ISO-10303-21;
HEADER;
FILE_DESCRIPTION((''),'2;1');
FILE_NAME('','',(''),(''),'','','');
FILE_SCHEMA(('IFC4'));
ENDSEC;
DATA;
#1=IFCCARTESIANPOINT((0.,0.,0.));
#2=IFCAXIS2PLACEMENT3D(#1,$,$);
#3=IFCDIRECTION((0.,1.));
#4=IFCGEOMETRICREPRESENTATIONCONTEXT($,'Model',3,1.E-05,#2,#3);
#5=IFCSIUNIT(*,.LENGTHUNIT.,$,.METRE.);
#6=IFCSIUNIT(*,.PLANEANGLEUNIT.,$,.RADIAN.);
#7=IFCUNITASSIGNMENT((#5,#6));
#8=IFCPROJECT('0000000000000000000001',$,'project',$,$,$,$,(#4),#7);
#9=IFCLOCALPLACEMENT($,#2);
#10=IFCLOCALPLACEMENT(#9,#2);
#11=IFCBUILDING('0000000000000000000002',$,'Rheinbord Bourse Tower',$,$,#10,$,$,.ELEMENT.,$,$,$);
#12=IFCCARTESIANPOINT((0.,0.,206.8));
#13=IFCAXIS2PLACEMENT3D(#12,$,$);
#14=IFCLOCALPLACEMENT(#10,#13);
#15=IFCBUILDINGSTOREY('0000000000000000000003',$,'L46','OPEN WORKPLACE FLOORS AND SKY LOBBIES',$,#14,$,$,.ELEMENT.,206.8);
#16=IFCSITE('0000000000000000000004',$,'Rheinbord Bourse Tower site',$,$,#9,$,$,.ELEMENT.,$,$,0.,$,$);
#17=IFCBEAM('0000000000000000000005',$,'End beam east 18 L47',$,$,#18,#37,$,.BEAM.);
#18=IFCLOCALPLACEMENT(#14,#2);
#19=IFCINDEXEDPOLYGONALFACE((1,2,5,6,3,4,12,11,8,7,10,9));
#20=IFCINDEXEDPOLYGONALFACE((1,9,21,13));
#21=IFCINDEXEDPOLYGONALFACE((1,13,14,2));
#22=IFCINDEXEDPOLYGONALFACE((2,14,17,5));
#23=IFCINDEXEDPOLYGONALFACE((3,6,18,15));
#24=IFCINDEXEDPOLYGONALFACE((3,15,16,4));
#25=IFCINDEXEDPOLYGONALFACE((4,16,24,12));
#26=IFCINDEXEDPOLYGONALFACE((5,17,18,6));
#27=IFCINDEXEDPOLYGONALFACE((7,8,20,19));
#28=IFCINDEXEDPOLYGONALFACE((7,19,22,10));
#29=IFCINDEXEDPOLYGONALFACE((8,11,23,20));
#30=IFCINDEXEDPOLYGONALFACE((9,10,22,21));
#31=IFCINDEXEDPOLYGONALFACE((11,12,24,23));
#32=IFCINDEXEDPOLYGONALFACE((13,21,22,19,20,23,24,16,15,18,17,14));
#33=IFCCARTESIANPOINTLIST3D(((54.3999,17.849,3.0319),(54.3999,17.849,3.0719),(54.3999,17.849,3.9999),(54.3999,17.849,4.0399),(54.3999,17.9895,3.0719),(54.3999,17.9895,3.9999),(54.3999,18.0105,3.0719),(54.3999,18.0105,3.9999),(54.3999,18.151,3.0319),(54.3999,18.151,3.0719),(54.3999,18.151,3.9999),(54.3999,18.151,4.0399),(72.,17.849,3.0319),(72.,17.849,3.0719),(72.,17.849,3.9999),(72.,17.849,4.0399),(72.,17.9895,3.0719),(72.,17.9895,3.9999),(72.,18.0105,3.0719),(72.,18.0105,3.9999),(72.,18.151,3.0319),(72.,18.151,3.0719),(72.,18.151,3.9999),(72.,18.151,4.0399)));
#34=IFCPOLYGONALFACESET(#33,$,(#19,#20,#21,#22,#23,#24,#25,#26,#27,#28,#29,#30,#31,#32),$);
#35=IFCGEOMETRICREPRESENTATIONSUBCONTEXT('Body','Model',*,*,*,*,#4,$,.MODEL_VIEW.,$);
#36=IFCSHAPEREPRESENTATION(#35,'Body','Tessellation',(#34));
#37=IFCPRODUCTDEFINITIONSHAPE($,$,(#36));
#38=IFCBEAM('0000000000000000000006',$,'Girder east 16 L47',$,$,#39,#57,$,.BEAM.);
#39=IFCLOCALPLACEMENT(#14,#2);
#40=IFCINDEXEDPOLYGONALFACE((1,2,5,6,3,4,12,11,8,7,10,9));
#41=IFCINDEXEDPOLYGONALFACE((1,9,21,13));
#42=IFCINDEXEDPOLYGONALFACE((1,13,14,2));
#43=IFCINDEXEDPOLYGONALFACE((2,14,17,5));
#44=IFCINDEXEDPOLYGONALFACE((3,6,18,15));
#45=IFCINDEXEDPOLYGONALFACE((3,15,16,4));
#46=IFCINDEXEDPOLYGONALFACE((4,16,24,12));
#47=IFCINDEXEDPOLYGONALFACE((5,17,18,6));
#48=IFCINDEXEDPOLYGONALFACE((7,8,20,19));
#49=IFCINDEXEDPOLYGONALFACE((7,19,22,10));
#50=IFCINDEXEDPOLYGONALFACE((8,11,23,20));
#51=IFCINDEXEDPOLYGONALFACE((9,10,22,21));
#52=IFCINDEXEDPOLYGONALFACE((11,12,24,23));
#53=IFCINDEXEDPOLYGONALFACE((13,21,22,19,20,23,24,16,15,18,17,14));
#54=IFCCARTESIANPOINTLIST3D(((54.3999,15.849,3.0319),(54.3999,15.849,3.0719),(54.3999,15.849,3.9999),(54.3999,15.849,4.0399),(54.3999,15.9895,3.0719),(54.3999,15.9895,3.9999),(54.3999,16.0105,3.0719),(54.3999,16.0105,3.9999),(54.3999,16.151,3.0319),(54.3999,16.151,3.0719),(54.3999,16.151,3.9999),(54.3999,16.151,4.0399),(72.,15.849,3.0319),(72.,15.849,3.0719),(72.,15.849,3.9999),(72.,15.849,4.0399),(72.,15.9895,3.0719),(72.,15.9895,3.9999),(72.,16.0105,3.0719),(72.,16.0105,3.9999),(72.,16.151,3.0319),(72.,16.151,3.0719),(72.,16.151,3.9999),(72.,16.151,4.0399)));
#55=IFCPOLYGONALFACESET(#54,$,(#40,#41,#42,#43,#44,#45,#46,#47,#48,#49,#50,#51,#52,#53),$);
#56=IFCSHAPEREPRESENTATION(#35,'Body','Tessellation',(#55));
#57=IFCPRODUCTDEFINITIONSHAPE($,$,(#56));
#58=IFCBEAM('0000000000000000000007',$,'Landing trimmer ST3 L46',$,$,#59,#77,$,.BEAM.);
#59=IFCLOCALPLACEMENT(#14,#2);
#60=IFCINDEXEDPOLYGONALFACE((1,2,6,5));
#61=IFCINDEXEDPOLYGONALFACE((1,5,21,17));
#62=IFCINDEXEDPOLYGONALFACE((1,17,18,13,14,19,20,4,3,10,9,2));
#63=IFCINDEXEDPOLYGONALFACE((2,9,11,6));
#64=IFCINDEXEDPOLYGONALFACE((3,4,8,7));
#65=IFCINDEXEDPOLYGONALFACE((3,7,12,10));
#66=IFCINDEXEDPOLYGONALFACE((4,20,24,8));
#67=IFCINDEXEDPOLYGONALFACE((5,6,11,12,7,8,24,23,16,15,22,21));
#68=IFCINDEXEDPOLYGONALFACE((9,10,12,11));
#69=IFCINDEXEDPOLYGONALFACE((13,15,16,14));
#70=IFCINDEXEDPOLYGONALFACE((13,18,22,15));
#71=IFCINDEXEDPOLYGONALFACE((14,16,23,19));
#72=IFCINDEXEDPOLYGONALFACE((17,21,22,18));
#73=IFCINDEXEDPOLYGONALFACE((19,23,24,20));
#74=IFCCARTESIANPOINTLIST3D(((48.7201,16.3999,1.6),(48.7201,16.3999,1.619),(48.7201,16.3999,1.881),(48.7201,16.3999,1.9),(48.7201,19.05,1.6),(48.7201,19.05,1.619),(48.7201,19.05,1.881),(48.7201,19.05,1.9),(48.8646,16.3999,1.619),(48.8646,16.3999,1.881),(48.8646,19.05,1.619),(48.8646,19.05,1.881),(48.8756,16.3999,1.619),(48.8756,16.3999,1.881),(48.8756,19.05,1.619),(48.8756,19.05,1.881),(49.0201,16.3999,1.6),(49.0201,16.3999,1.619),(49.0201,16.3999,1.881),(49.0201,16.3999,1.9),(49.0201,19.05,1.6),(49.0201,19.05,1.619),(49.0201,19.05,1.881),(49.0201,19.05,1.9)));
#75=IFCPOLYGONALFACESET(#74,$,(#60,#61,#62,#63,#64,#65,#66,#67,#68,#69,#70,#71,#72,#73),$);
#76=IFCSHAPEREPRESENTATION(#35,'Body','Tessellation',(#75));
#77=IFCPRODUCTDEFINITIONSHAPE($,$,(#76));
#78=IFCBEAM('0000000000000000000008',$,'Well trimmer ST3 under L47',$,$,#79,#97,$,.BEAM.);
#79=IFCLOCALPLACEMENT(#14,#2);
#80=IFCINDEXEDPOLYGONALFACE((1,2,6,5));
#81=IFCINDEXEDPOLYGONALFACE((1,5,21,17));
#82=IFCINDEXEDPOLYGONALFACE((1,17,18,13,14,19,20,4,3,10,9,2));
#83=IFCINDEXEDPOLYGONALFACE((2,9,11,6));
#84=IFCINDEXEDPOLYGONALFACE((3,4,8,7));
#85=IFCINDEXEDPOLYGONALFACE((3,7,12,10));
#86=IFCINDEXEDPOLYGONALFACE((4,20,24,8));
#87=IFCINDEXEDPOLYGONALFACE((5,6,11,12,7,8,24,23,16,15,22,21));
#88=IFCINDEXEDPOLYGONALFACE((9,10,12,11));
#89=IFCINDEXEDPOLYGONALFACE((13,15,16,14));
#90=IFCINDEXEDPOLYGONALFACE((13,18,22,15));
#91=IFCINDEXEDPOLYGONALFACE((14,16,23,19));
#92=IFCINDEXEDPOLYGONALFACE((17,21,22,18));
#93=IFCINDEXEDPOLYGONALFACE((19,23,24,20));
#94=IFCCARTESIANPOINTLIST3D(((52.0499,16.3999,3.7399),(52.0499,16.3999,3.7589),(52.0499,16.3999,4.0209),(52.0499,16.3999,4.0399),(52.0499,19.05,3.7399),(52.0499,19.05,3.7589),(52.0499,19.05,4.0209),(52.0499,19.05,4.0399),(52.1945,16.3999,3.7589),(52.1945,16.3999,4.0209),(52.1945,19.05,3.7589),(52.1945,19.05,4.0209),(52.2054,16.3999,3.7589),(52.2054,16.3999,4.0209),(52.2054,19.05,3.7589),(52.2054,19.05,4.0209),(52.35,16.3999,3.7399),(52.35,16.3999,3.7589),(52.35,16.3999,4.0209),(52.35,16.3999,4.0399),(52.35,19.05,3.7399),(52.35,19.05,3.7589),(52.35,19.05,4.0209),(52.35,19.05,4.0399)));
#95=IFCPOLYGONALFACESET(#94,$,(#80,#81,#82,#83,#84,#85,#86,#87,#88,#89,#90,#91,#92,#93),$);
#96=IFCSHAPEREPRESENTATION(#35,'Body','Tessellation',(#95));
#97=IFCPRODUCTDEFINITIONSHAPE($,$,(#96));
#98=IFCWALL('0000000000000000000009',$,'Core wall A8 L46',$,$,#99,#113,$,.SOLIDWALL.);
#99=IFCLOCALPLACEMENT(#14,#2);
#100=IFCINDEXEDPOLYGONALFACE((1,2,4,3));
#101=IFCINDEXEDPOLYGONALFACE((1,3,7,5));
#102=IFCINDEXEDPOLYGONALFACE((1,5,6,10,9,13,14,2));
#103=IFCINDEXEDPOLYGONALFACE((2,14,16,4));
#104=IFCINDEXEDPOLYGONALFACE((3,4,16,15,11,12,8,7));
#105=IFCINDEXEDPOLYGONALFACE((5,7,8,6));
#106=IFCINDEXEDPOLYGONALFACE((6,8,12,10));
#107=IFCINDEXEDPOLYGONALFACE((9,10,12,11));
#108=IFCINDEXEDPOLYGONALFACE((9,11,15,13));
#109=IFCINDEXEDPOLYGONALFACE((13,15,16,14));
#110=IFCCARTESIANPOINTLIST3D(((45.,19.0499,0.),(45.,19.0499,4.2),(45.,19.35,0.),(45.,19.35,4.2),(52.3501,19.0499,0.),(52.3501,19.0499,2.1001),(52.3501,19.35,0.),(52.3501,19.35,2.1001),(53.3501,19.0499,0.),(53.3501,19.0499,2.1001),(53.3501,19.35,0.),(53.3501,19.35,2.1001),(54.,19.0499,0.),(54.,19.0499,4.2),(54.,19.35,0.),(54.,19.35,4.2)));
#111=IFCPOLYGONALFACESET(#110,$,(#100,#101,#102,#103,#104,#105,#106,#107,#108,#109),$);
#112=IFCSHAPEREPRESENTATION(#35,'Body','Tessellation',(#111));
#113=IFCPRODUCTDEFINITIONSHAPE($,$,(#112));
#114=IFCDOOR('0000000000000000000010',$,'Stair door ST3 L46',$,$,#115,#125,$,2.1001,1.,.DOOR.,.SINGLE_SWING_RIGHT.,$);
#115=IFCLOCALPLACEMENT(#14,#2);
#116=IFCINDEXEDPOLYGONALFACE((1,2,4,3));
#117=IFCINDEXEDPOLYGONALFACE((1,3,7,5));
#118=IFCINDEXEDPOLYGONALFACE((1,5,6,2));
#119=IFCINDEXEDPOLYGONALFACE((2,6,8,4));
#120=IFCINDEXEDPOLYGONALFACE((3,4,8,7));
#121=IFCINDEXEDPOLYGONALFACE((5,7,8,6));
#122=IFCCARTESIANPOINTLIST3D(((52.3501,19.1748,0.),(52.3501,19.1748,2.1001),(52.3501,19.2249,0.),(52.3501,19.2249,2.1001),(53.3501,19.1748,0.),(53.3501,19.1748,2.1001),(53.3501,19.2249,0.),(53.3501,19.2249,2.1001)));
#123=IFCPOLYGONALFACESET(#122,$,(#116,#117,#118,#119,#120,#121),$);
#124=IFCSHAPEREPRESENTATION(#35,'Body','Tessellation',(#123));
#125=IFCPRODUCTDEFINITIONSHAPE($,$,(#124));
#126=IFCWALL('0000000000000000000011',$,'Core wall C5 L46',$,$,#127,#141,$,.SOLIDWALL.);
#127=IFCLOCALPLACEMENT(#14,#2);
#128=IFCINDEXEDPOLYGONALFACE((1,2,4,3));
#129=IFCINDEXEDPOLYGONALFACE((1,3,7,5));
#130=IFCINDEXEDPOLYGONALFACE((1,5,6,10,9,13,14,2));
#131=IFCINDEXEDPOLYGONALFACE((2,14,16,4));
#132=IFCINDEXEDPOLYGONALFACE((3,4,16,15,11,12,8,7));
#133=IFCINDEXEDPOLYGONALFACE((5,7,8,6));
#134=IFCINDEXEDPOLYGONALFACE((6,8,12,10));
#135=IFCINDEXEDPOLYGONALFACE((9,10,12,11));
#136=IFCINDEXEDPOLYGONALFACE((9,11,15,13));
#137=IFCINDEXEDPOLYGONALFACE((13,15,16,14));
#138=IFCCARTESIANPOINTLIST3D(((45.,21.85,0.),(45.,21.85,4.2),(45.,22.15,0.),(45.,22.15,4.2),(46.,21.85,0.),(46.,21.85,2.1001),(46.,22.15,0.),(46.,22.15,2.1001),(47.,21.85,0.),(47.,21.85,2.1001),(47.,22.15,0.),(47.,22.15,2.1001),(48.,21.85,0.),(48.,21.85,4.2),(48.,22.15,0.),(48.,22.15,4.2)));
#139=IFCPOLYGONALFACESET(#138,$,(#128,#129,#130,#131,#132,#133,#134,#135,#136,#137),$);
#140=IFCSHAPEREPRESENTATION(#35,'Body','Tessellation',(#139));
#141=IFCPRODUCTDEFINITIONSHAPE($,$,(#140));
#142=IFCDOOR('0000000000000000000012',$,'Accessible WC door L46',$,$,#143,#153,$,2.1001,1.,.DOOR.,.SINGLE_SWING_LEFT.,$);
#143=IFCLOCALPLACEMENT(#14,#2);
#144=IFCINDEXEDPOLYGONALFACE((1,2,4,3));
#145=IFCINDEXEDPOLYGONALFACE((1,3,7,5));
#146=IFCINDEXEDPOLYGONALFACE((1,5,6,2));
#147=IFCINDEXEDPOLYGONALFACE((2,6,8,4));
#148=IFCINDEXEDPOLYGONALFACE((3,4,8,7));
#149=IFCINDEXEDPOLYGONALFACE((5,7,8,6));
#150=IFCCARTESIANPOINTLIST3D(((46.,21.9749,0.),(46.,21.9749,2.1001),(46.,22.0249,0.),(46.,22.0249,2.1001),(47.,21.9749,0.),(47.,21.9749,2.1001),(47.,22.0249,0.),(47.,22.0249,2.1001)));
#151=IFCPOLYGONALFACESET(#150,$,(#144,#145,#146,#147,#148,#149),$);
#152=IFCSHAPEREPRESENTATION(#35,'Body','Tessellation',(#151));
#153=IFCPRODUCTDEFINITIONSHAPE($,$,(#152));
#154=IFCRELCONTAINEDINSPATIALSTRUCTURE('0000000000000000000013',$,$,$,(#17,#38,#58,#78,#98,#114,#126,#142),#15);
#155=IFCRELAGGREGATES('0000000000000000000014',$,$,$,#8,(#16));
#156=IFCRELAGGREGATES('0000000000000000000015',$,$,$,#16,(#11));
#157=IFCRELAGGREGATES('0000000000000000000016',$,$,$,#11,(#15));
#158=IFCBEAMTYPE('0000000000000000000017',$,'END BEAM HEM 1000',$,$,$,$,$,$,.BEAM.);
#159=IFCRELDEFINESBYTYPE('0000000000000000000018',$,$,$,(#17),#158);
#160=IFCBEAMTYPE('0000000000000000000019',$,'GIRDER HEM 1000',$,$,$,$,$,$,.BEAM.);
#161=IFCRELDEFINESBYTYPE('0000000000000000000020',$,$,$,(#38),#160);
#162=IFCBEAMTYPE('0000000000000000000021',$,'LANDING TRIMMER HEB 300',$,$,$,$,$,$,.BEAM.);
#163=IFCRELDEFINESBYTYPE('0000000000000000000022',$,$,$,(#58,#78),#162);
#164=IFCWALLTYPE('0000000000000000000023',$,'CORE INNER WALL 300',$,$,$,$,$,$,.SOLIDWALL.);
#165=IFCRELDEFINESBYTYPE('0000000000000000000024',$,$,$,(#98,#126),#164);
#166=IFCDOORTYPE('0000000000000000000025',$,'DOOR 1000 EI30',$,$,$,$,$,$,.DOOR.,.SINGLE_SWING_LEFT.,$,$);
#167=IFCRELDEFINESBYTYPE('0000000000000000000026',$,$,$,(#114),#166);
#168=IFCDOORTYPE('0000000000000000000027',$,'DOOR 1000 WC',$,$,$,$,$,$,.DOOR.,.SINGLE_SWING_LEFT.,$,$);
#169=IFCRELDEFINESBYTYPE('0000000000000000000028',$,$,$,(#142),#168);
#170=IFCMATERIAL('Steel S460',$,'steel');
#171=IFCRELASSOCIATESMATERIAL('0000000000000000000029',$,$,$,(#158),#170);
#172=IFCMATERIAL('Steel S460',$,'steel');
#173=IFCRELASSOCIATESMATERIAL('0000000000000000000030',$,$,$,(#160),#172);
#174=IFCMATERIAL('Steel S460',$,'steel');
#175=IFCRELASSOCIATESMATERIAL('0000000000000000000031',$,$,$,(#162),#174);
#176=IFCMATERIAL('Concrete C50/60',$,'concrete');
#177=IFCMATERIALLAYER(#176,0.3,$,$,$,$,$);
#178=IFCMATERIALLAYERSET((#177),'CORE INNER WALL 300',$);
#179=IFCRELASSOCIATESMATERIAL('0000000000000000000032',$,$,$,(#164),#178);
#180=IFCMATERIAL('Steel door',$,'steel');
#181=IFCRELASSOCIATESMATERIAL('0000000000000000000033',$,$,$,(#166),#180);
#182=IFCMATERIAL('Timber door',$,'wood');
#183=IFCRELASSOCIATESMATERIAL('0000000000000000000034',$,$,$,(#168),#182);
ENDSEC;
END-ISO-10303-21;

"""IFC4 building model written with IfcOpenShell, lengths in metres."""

from ifc_helpers import new_model, si_unit, direction, frame, frame_2d, origin, origin_2d, place, context, subcontext, project, spatial, rectangle, i_section, extrude, material, layer, layer_set, material_profile, profile_set, type_object, element, fill, save


model = new_model("IFC4")

# Units and contexts
model_context = context("Model", 3, precision=1e-05, world=origin(), true_north=direction((0.0, 1.0)))
body_context = subcontext(model_context, "Body", "Model", "MODEL_VIEW")
ifc_project = project(units=[si_unit("LENGTHUNIT", "METRE"), si_unit("PLANEANGLEUNIT", "RADIAN")], contexts=[model_context])

# Site, building, storey
site_placement = place(None, origin())
site = spatial("IfcSite", under=ifc_project, at=site_placement, Name="Rheinbord Bourse Tower site", CompositionType="ELEMENT", RefElevation=0.0)
building_placement = place(site_placement, origin())
building = spatial("IfcBuilding", under=site, at=building_placement, Name="Rheinbord Bourse Tower", CompositionType="ELEMENT")
storey_placement = place(building_placement, frame((0.0, 0.0, 206.8)))
storey = spatial("IfcBuildingStorey", under=building, at=storey_placement, Name="L46", Description="OPEN WORKPLACE FLOORS AND SKY LOBBIES", CompositionType="ELEMENT", Elevation=206.8)

# Beams
ifc_material_1 = material(Name="Steel S460", Category="steel")
ifc_material_profile_1 = material_profile(ifc_material_1, i_section(OverallWidth=0.302, OverallDepth=1.0081, WebThickness=0.021, FlangeThickness=0.04, at=origin_2d()), Name="HEM 1000")
ifc_profile_set_1 = profile_set([ifc_material_profile_1], Name="Steel S460")
beam_type_1 = type_object("IfcBeamType", Name="END BEAM HEM 1000", PredefinedType="BEAM", material=ifc_profile_set_1)
beam_1_placement = place(storey_placement, frame((54.3999, 18.0, 3.5359), z_axis=(1.0, 0.0, 0.0), x_axis=(0.0, 1.0, 0.0)))
element("IfcBeam", 1, at=beam_1_placement, inside=storey, type_object=beam_type_1, Name="End beam east 18 L47", PredefinedType="BEAM", context=body_context, shape_type="SweptSolid", body=[
    extrude(i_section(OverallWidth=0.302, OverallDepth=1.0081, WebThickness=0.021, FlangeThickness=0.04, at=origin_2d()), origin(), (0.0, 0.0, 1.0), 17.6001),
])
ifc_material_2 = material(Name="Steel S460", Category="steel")
ifc_material_profile_2 = material_profile(ifc_material_2, i_section(OverallWidth=0.302, OverallDepth=1.0081, WebThickness=0.021, FlangeThickness=0.04, at=origin_2d()), Name="HEM 1000")
ifc_profile_set_2 = profile_set([ifc_material_profile_2], Name="Steel S460")
beam_type_2 = type_object("IfcBeamType", Name="GIRDER HEM 1000", PredefinedType="BEAM", material=ifc_profile_set_2)
beam_2_placement = place(storey_placement, frame((54.3999, 16.0, 3.5359), z_axis=(1.0, 0.0, 0.0), x_axis=(0.0, 1.0, 0.0)))
element("IfcBeam", 2, at=beam_2_placement, inside=storey, type_object=beam_type_2, Name="Girder east 16 L47", PredefinedType="BEAM", context=body_context, shape_type="SweptSolid", body=[
    extrude(i_section(OverallWidth=0.302, OverallDepth=1.0081, WebThickness=0.021, FlangeThickness=0.04, at=origin_2d()), origin(), (0.0, 0.0, 1.0), 17.6001),
])
ifc_material_3 = material(Name="Steel S460", Category="steel")
ifc_material_profile_3 = material_profile(ifc_material_3, i_section(OverallWidth=0.3, OverallDepth=0.3, WebThickness=0.011, FlangeThickness=0.019, at=origin_2d()), Name="HEB 300")
ifc_profile_set_3 = profile_set([ifc_material_profile_3], Name="Steel S460")
beam_type_3 = type_object("IfcBeamType", Name="LANDING TRIMMER HEB 300", PredefinedType="BEAM", material=ifc_profile_set_3)
for number, where, z_axis, x_axis, name in (
    (3, (48.8701, 16.3999, 1.75), (0.0, 1.0, 0.0), (-1.0, 0.0, 0.0), "Landing trimmer ST3 L46"),
    (4, (52.2, 16.3999, 3.8899), (0.0, 1.0, 0.0), (-1.0, 0.0, 0.0), "Well trimmer ST3 under L47"),
):
    element("IfcBeam", number, at=place(storey_placement, frame(where, z_axis=z_axis, x_axis=x_axis)), inside=storey, type_object=beam_type_3, Name=name, PredefinedType="BEAM", context=body_context, shape_type="SweptSolid", body=[
        extrude(i_section(OverallWidth=0.3, OverallDepth=0.3, WebThickness=0.011, FlangeThickness=0.019, at=origin_2d()), origin(), (0.0, 0.0, 1.0), 2.6501),
    ])

# Walls, openings, doors
ifc_material_4 = material(Name="Concrete C50/60", Category="concrete")
ifc_layer_1 = layer(ifc_material_4, 0.3)
ifc_layer_set_1 = layer_set([ifc_layer_1], Name="CORE INNER WALL 300")
wall_type_1 = type_object("IfcWallType", Name="CORE INNER WALL 300", PredefinedType="SOLIDWALL", material=ifc_layer_set_1)
wall_1_placement = place(storey_placement, frame((45.0, 19.2, 0.0), z_axis=(0.0, 0.0, 1.0), x_axis=(1.0, 0.0, 0.0)))
wall_1 = element("IfcWall", 5, at=wall_1_placement, inside=storey, type_object=wall_type_1, Name="Core wall A8 L46", PredefinedType="SOLIDWALL", context=body_context, shape_type="SweptSolid", body=[
    extrude(rectangle(XDim=9.0, YDim=0.3, at=frame_2d((4.5, 0.0))), origin(), (0.0, 0.0, 1.0), 4.2),
])
opening_1_placement = place(wall_1_placement, frame((7.3501, 0.0, 0.0)))
opening_1 = element("IfcOpeningElement", 6, at=opening_1_placement, cuts=wall_1, PredefinedType="OPENING", context=body_context, shape_type="SweptSolid", body=[
    extrude(rectangle(XDim=1.0, YDim=2.1001, at=frame_2d((0.5, 1.05))), frame((0.0, 0.1599, 0.0), z_axis=(0.0, -1.0, 0.0), x_axis=(1.0, 0.0, 0.0)), (0.0, 0.0, 1.0), 0.3201),
])
ifc_material_5 = material(Name="Steel door", Category="steel")
door_type_1 = type_object("IfcDoorType", Name="DOOR 1000 EI30", OperationType="SINGLE_SWING_LEFT", PredefinedType="DOOR", material=ifc_material_5)
door_1_placement = place(opening_1_placement, origin())
door_1 = element("IfcDoor", 7, at=door_1_placement, inside=storey, type_object=door_type_1, Name="Stair door ST3 L46", OperationType="SINGLE_SWING_RIGHT", OverallHeight=2.1001, OverallWidth=1.0, PredefinedType="DOOR", context=body_context, shape_type="SweptSolid", body=[
    extrude(rectangle(XDim=1.0, YDim=2.1001, at=frame_2d((0.5, 1.05))), frame((0.0, 0.0249, 0.0), z_axis=(0.0, -1.0, 0.0), x_axis=(1.0, 0.0, 0.0)), (0.0, 0.0, 1.0), 0.05),
])
fill(opening_1, door_1)
wall_2_placement = place(storey_placement, frame((45.0, 22.0, 0.0), z_axis=(0.0, 0.0, 1.0), x_axis=(1.0, 0.0, 0.0)))
wall_2 = element("IfcWall", 8, at=wall_2_placement, inside=storey, type_object=wall_type_1, Name="Core wall C5 L46", PredefinedType="SOLIDWALL", context=body_context, shape_type="SweptSolid", body=[
    extrude(rectangle(XDim=3.0, YDim=0.3, at=frame_2d((1.5, 0.0))), origin(), (0.0, 0.0, 1.0), 4.2),
])
opening_2_placement = place(wall_2_placement, frame((1.0, 0.0, 0.0)))
opening_2 = element("IfcOpeningElement", 9, at=opening_2_placement, cuts=wall_2, PredefinedType="OPENING", context=body_context, shape_type="SweptSolid", body=[
    extrude(rectangle(XDim=1.0, YDim=2.1001, at=frame_2d((0.5, 1.05))), frame((0.0, 0.1599, 0.0), z_axis=(0.0, -1.0, 0.0), x_axis=(1.0, 0.0, 0.0)), (0.0, 0.0, 1.0), 0.3201),
])
ifc_material_6 = material(Name="Timber door", Category="wood")
door_type_2 = type_object("IfcDoorType", Name="DOOR 1000 WC", OperationType="SINGLE_SWING_LEFT", PredefinedType="DOOR", material=ifc_material_6)
door_2_placement = place(opening_2_placement, origin())
door_2 = element("IfcDoor", 10, at=door_2_placement, inside=storey, type_object=door_type_2, Name="Accessible WC door L46", OperationType="SINGLE_SWING_LEFT", OverallHeight=2.1001, OverallWidth=1.0, PredefinedType="DOOR", context=body_context, shape_type="SweptSolid", body=[
    extrude(rectangle(XDim=1.0, YDim=2.1001, at=frame_2d((0.5, 1.05))), frame((0.0, 0.0249, 0.0), z_axis=(0.0, -1.0, 0.0), x_axis=(1.0, 0.0, 0.0)), (0.0, 0.0, 1.0), 0.05),
])
fill(opening_2, door_2)

save(model, "model.ifc")
